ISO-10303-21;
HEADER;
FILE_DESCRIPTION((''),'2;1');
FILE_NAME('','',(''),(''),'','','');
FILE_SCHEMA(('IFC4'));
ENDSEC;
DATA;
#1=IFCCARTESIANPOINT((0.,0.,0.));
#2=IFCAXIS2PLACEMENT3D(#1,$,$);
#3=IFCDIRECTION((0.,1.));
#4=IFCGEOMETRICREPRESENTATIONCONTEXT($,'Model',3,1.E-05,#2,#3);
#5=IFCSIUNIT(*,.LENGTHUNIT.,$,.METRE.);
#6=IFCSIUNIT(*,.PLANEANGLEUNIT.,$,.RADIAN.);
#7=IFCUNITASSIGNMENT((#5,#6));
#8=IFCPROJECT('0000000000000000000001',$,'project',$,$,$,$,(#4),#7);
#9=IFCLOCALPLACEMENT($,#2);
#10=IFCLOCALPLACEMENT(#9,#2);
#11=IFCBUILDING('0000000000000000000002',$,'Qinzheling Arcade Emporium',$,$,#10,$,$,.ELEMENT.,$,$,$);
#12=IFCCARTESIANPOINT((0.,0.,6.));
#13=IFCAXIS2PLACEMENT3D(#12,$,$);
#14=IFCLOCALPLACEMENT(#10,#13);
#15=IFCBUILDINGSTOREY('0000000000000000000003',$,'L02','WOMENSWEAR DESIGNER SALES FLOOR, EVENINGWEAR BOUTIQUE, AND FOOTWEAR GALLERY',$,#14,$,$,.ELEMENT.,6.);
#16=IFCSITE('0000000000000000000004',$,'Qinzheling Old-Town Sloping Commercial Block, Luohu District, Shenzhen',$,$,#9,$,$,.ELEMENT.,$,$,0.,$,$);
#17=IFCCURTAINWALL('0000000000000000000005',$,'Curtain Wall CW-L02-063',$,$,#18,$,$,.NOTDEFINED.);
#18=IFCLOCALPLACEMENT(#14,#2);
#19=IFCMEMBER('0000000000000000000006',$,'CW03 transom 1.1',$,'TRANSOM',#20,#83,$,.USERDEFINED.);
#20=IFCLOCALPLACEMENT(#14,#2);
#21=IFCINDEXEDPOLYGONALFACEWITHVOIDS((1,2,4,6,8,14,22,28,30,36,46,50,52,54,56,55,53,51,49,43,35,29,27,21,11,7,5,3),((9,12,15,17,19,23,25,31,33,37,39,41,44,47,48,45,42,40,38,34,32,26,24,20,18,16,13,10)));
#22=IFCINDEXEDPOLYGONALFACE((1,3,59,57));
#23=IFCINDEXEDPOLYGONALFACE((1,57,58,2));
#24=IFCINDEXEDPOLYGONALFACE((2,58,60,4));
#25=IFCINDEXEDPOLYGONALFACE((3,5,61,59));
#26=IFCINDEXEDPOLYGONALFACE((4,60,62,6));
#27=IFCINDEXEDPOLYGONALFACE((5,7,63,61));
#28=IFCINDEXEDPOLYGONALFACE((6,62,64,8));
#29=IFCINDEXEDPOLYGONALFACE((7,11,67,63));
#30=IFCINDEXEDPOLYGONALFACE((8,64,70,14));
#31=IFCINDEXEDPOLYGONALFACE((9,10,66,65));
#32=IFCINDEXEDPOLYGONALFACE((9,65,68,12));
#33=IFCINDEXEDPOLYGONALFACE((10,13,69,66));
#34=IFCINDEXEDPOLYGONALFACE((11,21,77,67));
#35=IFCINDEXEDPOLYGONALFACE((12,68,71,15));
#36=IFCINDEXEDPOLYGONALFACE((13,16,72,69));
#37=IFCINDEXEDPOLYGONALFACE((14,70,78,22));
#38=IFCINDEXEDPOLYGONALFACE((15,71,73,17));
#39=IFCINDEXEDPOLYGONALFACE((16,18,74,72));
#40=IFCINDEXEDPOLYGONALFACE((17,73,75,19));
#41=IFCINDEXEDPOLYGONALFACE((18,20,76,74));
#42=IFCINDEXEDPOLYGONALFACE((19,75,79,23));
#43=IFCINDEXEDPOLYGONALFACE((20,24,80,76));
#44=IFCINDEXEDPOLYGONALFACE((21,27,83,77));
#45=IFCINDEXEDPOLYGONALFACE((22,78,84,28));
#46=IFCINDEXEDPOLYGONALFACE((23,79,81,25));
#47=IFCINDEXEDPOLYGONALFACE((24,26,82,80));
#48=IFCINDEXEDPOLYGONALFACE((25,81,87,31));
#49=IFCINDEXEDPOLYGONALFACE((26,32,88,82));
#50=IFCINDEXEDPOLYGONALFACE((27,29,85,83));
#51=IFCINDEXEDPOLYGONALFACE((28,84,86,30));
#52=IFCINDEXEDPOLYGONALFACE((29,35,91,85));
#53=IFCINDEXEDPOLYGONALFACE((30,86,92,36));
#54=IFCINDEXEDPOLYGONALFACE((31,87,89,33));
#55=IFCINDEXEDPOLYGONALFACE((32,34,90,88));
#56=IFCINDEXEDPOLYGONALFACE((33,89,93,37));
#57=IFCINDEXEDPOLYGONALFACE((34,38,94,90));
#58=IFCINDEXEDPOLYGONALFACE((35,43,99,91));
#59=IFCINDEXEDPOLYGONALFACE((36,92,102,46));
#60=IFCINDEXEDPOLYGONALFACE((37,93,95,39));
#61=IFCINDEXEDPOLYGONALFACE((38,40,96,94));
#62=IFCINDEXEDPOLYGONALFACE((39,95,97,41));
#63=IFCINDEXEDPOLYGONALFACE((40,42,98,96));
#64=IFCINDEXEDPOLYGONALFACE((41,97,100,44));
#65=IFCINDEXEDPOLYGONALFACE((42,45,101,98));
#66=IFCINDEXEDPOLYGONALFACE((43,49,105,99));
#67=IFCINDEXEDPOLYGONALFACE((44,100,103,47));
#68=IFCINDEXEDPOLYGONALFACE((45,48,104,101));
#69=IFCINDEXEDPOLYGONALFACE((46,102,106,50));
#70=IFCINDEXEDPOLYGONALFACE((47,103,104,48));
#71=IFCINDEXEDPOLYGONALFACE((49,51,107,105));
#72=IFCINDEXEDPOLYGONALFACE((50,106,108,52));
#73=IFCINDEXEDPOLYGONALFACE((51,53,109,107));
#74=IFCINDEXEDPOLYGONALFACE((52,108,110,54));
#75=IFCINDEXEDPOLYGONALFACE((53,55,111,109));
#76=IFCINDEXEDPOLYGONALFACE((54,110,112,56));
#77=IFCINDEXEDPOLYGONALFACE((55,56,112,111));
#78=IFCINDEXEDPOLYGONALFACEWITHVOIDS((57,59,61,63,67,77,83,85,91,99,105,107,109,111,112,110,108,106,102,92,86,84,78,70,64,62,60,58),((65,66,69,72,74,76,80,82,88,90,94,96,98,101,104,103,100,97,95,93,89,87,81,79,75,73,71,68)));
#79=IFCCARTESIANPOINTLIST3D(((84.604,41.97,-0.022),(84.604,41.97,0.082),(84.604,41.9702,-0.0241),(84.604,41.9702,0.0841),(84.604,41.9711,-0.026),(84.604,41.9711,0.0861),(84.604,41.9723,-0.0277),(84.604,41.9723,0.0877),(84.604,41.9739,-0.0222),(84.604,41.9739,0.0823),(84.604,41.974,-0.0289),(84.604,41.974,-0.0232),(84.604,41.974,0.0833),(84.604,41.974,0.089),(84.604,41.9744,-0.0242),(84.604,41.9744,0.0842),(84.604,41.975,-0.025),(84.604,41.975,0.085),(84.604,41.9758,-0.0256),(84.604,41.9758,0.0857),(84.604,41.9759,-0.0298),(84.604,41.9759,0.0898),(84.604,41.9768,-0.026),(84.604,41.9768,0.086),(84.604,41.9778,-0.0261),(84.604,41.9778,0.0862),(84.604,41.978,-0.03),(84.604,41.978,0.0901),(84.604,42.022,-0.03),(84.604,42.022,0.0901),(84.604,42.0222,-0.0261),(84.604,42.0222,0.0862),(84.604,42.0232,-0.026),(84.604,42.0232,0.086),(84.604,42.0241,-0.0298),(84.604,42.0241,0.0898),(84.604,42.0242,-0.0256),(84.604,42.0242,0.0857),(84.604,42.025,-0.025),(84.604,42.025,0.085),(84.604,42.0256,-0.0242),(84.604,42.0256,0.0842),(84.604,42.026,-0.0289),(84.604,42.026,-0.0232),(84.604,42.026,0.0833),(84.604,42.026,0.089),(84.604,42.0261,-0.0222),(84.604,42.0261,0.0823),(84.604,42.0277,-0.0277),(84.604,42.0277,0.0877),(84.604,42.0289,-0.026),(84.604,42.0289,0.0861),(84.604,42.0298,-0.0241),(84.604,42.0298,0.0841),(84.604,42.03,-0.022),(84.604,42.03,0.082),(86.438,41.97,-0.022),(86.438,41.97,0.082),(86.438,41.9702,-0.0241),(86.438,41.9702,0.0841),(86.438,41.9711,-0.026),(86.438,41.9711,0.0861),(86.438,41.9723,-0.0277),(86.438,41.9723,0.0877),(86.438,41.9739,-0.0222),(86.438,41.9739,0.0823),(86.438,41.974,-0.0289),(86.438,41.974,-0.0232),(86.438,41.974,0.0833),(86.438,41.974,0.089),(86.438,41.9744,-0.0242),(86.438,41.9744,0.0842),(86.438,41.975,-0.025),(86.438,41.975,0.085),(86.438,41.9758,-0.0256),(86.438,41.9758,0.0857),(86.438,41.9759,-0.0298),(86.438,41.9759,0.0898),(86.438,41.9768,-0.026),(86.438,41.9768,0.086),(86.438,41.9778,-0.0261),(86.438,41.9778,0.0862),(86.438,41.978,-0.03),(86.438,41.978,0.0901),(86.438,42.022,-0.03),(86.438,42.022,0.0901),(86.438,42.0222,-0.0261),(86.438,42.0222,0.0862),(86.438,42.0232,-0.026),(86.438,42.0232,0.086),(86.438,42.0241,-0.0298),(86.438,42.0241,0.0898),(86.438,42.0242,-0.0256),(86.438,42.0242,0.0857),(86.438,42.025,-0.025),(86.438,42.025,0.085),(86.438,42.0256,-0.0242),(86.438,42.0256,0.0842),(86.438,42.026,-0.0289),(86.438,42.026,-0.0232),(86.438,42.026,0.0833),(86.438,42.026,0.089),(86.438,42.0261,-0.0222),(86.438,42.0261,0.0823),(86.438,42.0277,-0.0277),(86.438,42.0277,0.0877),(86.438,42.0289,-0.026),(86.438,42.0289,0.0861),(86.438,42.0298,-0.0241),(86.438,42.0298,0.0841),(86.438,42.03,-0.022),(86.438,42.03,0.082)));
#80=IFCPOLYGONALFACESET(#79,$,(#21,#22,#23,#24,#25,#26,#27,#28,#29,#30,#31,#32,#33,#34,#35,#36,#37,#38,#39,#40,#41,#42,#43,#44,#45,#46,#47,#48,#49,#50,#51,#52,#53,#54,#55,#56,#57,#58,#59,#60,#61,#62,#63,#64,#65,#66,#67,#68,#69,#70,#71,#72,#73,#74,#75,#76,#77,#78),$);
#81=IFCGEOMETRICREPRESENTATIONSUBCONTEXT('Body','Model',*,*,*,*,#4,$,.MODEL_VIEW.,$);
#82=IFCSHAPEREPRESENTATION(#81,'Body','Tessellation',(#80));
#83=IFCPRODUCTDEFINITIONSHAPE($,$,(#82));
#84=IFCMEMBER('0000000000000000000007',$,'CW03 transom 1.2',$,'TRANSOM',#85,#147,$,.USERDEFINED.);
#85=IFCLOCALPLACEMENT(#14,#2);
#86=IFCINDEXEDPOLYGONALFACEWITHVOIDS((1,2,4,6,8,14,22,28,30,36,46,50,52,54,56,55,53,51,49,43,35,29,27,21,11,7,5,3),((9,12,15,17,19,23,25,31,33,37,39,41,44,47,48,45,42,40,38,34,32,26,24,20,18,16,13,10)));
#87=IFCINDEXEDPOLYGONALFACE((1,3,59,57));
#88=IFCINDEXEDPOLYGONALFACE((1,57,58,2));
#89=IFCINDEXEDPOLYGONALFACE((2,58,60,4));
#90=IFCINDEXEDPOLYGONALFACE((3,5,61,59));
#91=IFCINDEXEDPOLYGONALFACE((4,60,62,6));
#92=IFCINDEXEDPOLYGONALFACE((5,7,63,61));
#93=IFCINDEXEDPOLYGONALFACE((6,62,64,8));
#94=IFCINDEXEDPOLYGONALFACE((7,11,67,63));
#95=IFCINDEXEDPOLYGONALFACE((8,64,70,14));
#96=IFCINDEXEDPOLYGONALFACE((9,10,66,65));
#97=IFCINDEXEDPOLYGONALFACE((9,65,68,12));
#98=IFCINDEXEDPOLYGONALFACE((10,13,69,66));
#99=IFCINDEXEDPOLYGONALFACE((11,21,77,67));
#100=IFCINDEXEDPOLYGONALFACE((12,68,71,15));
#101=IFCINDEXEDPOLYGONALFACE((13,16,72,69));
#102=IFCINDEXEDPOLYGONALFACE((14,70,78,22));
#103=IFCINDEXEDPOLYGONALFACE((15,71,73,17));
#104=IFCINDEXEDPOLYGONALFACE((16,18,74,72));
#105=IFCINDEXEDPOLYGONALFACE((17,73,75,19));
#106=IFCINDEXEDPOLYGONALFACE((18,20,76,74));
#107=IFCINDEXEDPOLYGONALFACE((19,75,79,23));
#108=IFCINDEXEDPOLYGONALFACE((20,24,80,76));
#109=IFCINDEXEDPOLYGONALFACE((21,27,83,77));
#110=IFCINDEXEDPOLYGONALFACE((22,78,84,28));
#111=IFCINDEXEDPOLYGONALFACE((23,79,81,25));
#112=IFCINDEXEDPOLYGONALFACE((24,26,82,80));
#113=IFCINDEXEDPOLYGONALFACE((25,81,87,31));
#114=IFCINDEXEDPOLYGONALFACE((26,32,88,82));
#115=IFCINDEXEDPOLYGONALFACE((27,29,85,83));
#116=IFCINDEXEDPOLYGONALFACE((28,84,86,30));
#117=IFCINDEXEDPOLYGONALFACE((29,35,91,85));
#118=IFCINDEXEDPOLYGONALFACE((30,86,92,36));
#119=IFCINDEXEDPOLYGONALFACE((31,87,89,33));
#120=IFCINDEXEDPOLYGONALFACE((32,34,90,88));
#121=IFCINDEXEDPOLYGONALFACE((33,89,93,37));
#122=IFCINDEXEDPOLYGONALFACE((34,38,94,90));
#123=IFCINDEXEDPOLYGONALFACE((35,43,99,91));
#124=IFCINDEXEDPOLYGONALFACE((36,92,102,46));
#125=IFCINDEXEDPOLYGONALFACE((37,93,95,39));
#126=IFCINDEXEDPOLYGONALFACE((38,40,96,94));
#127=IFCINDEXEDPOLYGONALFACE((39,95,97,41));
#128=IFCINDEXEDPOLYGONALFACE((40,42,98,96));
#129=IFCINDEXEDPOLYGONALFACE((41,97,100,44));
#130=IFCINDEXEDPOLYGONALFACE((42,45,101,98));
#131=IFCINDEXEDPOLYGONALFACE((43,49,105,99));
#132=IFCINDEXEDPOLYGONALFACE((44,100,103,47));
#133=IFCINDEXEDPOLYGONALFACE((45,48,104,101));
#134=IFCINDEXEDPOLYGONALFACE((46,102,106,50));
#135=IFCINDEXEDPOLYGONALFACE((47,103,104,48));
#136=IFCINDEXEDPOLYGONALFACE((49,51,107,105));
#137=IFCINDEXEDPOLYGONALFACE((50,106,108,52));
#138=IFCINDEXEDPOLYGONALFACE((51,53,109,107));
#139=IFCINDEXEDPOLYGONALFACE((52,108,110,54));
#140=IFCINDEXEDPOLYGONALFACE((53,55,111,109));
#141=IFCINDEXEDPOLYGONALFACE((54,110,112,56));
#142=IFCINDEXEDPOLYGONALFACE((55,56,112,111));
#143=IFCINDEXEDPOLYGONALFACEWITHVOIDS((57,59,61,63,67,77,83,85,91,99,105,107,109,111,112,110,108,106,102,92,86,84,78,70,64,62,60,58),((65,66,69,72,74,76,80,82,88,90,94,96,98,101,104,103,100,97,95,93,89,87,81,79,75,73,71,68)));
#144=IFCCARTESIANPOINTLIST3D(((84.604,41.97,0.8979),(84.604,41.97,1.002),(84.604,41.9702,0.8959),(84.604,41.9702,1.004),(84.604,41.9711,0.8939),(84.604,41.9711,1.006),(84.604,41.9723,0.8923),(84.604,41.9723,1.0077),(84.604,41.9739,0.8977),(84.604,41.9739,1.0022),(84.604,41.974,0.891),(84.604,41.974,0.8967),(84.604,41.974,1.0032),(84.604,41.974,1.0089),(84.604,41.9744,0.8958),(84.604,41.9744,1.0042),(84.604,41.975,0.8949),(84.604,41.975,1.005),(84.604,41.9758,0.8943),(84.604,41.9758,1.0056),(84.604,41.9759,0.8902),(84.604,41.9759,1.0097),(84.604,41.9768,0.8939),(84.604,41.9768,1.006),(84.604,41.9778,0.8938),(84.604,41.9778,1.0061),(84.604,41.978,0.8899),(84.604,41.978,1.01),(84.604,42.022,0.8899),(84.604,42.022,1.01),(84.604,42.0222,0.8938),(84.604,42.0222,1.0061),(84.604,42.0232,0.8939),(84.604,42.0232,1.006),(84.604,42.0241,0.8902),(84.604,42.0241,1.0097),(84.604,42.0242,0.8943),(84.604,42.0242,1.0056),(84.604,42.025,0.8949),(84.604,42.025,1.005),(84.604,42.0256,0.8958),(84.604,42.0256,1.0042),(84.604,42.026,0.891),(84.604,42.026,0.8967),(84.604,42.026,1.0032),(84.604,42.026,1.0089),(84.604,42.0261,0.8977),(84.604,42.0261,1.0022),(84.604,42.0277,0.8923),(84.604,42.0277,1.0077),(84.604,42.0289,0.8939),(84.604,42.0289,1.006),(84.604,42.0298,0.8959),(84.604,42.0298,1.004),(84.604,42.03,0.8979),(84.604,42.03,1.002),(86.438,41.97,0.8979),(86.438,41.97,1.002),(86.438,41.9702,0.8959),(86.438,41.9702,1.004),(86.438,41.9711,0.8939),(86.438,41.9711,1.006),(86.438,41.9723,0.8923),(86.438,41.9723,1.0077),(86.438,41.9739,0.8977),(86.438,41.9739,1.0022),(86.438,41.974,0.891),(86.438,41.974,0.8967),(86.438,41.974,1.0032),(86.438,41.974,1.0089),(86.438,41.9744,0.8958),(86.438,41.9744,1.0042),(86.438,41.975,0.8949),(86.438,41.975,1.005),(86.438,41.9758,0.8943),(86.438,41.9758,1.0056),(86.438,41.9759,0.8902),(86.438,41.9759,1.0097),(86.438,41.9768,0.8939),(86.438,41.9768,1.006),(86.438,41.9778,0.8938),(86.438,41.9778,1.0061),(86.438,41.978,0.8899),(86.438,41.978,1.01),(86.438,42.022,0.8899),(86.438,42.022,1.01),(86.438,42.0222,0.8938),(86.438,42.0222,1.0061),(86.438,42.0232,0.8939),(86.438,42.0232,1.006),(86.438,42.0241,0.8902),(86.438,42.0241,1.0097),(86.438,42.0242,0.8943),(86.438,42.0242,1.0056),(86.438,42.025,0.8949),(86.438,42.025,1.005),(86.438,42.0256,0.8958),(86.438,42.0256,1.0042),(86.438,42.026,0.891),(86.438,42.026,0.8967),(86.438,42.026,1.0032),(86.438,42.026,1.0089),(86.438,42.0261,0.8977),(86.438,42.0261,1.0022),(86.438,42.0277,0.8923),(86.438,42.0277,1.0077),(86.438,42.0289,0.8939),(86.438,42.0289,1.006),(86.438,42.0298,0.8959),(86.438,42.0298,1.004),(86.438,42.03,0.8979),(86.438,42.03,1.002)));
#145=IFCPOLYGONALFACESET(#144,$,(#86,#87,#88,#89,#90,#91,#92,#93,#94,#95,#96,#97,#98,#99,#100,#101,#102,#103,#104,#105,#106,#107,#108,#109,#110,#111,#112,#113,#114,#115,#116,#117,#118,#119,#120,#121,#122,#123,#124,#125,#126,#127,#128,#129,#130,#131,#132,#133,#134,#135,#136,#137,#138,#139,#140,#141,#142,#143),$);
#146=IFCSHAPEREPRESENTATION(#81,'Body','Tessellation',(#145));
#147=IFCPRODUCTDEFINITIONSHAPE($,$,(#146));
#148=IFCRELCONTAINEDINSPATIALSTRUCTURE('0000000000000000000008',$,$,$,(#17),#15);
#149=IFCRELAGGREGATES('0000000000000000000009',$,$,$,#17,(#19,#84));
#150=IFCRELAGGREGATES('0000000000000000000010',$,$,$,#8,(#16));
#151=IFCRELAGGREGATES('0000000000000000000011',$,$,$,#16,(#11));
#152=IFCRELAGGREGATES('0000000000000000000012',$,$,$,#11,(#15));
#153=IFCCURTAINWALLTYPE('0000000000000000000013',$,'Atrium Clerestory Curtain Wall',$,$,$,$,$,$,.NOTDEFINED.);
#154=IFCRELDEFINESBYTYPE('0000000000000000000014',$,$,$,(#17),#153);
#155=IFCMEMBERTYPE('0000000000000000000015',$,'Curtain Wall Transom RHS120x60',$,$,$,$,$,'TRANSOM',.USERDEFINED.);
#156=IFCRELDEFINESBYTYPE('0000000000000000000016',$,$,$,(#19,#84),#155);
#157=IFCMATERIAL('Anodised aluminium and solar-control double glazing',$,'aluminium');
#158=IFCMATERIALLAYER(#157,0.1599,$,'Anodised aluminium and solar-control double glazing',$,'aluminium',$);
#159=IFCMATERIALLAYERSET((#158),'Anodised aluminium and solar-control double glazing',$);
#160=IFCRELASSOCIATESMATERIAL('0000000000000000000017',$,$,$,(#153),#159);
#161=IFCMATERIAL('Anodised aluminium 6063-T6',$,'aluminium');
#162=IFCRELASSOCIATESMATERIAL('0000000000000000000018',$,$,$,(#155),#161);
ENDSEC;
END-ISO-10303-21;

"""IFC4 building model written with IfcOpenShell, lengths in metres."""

from ifc_helpers import new_model, si_unit, direction, frame, origin, origin_2d, place, context, subcontext, project, spatial, hollow_rectangle, extrude, material, layer, layer_set, material_profile, profile_set, type_object, element, aggregate, save


model = new_model("IFC4")

# Units and contexts
model_context = context("Model", 3, precision=1e-05, world=origin(), true_north=direction((0.0, 1.0)))
body_context = subcontext(model_context, "Body", "Model", "MODEL_VIEW")
ifc_project = project(units=[si_unit("LENGTHUNIT", "METRE"), si_unit("PLANEANGLEUNIT", "RADIAN")], contexts=[model_context])

# Site, building, storey
site_placement = place(None, origin())
site = spatial("IfcSite", under=ifc_project, at=site_placement, Name="Qinzheling Old-Town Sloping Commercial Block, Luohu District, Shenzhen", CompositionType="ELEMENT", RefElevation=0.0)
building_placement = place(site_placement, origin())
building = spatial("IfcBuilding", under=site, at=building_placement, Name="Qinzheling Arcade Emporium", CompositionType="ELEMENT")
storey_placement = place(building_placement, frame((0.0, 0.0, 6.0)))
storey = spatial("IfcBuildingStorey", under=building, at=storey_placement, Name="L02", Description="WOMENSWEAR DESIGNER SALES FLOOR, EVENINGWEAR BOUTIQUE, AND FOOTWEAR GALLERY", CompositionType="ELEMENT", Elevation=6.0)

# Shared definitions
ifc_material_1 = material(Name="Anodised aluminium and solar-control double glazing", Category="aluminium")
ifc_layer_1 = layer(ifc_material_1, 0.1599, Name="Anodised aluminium and solar-control double glazing", Category="aluminium")
ifc_layer_set_1 = layer_set([ifc_layer_1], Name="Anodised aluminium and solar-control double glazing")
curtain_wall_type = type_object("IfcCurtainWallType", Name="Atrium Clerestory Curtain Wall", PredefinedType="NOTDEFINED", material=ifc_layer_set_1)
ifc_material_2 = material(Name="Anodised aluminium 6063-T6", Category="aluminium")

# Curtain wall, members
curtain_wall_1_placement = place(storey_placement, origin())
curtain_wall_1 = element("IfcCurtainWall", 1, at=curtain_wall_1_placement, inside=storey, type_object=curtain_wall_type, Name="Curtain Wall CW-L02-063", PredefinedType="NOTDEFINED")
ifc_material_profile_1 = material_profile(ifc_material_2, hollow_rectangle(XDim=0.0601, YDim=0.1201, WallThickness=0.0039, InnerFilletRadius=0.0039, OuterFilletRadius=0.0081, at=origin_2d()), Name="RHS 120x60x4", Category="aluminium")
ifc_profile_set_1 = profile_set([ifc_material_profile_1], Name="Anodised aluminium 6063-T6")
member_type_1 = type_object("IfcMemberType", Name="Curtain Wall Transom RHS120x60", ElementType="TRANSOM", PredefinedType="USERDEFINED", material=ifc_profile_set_1)
member_1_placement = place(storey_placement, frame((86.438, 42.0, 0.03), z_axis=(-1.0, 0.0, 0.0), x_axis=(0.0, -1.0, 0.0)))
member_1 = element("IfcMember", 2, at=member_1_placement, type_object=member_type_1, Name="CW03 transom 1.1", ObjectType="TRANSOM", PredefinedType="USERDEFINED", context=body_context, shape_type="SweptSolid", body=[
    extrude(hollow_rectangle(XDim=0.0601, YDim=0.1201, WallThickness=0.0039, InnerFilletRadius=0.0039, OuterFilletRadius=0.0081, at=origin_2d()), origin(), (0.0, 0.0, 1.0), 1.834),
])
member_2_placement = place(storey_placement, frame((86.438, 42.0, 0.95), z_axis=(-1.0, 0.0, 0.0), x_axis=(0.0, -1.0, 0.0)))
member_2 = element("IfcMember", 3, at=member_2_placement, type_object=member_type_1, Name="CW03 transom 1.2", ObjectType="TRANSOM", PredefinedType="USERDEFINED", context=body_context, shape_type="SweptSolid", body=[
    extrude(hollow_rectangle(XDim=0.0601, YDim=0.1201, WallThickness=0.0039, InnerFilletRadius=0.0039, OuterFilletRadius=0.0081, at=origin_2d()), origin(), (0.0, 0.0, 1.0), 1.834),
])
aggregate(curtain_wall_1, [member_1, member_2])

save(model, "model.ifc")
